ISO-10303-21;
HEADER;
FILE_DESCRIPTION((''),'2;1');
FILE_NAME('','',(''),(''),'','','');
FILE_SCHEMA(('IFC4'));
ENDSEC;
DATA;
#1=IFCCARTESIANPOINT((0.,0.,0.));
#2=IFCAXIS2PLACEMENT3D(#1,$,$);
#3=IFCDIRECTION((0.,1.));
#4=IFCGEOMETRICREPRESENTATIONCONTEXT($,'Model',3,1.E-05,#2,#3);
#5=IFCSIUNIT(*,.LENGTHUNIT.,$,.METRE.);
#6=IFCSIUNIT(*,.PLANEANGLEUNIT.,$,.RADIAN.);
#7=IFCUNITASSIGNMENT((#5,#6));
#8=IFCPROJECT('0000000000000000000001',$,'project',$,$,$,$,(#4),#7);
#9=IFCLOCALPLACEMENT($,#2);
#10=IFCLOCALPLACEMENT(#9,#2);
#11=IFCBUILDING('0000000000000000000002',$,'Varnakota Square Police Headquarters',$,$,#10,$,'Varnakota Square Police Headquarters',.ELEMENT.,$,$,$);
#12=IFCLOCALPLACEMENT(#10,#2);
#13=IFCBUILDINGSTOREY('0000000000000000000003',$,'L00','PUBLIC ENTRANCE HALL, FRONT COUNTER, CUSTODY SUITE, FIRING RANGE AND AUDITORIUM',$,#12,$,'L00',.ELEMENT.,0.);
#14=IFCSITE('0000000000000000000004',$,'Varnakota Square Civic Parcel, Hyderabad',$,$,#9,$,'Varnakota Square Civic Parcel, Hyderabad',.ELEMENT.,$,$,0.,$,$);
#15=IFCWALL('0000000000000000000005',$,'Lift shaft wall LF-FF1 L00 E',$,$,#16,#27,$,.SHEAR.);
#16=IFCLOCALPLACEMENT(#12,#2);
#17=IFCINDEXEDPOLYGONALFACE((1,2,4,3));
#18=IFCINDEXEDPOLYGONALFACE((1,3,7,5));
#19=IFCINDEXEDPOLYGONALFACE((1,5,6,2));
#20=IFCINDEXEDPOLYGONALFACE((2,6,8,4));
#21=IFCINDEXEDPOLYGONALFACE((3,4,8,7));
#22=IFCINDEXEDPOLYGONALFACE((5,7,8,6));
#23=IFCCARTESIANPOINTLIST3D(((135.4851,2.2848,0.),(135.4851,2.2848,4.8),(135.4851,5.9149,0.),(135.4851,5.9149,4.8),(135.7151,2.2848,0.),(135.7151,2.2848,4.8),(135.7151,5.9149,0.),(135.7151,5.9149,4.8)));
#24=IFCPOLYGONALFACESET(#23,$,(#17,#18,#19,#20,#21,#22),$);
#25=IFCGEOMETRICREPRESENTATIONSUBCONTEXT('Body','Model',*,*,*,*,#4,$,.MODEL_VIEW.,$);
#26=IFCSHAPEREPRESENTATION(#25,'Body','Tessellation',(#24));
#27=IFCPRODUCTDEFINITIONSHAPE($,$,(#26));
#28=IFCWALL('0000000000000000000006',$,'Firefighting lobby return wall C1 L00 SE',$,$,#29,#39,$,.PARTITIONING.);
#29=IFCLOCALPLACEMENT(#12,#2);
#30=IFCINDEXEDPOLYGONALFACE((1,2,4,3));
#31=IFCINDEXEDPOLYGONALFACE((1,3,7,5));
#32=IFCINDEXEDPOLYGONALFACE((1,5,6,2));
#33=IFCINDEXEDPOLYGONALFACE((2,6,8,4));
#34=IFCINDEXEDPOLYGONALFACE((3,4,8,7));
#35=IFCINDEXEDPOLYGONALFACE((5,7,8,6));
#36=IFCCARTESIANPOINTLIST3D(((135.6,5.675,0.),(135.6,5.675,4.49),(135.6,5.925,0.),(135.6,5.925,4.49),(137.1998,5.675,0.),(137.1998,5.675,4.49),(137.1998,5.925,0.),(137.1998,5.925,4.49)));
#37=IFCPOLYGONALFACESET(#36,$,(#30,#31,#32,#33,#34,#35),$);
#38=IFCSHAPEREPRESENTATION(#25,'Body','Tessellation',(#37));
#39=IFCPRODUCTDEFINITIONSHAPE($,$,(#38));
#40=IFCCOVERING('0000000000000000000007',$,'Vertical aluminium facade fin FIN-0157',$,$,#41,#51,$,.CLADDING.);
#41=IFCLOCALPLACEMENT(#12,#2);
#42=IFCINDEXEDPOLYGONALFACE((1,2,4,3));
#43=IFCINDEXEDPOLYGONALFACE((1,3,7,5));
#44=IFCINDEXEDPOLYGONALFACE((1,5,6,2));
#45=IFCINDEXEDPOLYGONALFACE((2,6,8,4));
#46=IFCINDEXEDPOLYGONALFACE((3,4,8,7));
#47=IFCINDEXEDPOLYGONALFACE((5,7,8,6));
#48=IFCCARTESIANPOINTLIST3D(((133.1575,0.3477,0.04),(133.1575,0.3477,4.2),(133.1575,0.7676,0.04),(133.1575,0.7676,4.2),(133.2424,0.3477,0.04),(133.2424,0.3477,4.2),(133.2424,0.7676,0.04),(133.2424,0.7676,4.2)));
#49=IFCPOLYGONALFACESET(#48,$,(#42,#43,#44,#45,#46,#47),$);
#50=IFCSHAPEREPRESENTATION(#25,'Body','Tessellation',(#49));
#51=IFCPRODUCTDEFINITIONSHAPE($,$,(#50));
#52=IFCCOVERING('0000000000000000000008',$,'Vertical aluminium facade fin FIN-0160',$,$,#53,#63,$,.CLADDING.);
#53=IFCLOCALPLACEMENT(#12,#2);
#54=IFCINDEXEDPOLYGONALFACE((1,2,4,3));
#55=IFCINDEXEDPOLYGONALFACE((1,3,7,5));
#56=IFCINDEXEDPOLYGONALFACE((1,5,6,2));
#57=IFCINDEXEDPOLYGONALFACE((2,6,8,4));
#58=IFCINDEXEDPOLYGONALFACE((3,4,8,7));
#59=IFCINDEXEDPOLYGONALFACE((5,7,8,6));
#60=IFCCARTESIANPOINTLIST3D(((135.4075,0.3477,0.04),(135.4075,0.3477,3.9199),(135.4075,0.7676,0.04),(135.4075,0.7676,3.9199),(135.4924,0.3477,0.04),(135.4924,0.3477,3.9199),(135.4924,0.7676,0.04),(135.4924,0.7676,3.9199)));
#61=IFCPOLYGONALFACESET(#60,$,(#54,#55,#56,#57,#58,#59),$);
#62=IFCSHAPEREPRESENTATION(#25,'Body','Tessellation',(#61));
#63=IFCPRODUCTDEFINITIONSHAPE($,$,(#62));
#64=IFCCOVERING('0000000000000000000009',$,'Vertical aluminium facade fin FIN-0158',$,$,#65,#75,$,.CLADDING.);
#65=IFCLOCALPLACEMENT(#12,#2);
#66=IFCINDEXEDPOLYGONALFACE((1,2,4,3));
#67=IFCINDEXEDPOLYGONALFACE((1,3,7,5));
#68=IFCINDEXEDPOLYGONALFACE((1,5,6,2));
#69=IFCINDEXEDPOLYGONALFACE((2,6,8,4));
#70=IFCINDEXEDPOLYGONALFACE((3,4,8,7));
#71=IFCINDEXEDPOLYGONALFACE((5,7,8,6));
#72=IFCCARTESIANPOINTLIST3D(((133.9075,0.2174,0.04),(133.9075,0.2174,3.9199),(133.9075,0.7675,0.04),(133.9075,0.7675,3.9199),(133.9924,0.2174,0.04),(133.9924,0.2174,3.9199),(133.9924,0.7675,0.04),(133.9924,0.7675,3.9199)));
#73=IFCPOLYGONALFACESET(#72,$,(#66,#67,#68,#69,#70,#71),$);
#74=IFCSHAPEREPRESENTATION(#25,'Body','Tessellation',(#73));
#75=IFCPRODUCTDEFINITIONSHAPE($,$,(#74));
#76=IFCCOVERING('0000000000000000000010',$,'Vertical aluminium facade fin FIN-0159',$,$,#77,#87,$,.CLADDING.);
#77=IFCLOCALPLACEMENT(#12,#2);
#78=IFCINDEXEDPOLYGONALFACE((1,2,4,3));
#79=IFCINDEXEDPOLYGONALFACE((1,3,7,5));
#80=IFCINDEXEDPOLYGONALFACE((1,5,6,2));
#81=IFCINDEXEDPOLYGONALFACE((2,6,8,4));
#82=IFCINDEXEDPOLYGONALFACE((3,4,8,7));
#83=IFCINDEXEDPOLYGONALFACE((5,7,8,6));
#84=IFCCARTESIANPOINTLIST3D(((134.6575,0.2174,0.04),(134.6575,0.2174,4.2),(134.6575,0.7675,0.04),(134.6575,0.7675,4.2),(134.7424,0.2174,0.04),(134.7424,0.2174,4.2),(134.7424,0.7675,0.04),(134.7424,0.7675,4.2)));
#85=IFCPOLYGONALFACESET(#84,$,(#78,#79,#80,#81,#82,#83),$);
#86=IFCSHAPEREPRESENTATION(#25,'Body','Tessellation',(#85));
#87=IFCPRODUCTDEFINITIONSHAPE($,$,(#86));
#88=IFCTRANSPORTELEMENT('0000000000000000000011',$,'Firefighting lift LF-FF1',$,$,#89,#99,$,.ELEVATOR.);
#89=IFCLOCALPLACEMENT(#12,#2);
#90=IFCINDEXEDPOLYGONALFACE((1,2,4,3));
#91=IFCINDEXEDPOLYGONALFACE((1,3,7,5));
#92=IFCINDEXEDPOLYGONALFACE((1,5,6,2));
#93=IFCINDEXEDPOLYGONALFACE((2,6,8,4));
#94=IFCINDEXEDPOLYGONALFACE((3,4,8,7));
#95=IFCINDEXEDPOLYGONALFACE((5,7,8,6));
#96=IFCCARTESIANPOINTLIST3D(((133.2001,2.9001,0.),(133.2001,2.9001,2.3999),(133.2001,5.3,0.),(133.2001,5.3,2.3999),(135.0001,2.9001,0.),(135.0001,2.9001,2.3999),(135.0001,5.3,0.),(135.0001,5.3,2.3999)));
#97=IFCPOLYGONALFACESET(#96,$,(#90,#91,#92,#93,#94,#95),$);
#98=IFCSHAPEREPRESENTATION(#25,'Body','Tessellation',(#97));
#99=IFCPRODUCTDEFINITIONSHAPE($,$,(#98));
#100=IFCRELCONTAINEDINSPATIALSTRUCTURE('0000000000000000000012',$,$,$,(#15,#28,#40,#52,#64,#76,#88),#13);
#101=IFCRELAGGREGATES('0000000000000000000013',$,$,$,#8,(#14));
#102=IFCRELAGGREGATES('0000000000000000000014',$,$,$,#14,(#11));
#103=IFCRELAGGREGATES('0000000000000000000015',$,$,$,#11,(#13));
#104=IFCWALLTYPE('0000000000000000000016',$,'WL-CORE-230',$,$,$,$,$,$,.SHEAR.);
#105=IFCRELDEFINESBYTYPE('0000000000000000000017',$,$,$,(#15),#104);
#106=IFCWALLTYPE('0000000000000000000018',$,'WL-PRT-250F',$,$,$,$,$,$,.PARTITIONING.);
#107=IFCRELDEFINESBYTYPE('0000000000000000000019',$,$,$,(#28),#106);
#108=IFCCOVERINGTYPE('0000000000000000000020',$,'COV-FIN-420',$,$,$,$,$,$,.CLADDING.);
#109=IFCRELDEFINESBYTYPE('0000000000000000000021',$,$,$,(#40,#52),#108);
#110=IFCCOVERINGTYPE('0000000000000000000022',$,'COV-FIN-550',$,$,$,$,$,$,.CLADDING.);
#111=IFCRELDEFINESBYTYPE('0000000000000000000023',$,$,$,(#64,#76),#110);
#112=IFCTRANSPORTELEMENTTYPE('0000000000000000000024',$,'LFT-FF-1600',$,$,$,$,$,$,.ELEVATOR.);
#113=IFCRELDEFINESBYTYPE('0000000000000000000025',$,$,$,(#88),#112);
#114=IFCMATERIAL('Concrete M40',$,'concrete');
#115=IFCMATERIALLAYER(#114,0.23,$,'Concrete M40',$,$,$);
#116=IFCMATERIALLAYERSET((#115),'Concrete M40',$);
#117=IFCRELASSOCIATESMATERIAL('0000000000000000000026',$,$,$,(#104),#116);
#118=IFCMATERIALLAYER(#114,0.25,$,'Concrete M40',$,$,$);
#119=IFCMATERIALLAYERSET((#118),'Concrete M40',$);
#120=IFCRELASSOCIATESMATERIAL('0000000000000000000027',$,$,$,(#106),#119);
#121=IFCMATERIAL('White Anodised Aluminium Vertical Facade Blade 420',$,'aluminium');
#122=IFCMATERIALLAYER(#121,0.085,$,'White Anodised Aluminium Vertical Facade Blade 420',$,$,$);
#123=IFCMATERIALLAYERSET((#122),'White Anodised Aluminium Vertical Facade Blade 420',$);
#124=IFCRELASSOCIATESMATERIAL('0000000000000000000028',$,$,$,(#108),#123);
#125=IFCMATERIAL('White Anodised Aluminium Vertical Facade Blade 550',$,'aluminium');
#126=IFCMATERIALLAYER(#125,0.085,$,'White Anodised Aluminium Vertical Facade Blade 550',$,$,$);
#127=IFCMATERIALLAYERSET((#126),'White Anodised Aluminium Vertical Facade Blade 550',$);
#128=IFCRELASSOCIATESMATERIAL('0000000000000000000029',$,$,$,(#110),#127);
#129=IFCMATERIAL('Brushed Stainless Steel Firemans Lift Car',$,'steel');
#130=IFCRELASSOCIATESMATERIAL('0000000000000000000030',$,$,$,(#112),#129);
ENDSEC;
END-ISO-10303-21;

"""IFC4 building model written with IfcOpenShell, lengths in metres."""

from ifc_helpers import new_model, si_unit, direction, frame, frame_2d, origin, origin_2d, place, context, subcontext, project, spatial, rectangle, extrude, material, layer, layer_set, type_object, element, save


model = new_model("IFC4")

# Units and contexts
model_context = context("Model", 3, precision=1e-05, world=origin(), true_north=direction((0.0, 1.0)))
body_context = subcontext(model_context, "Body", "Model", "MODEL_VIEW")
ifc_project = project(units=[si_unit("LENGTHUNIT", "METRE"), si_unit("PLANEANGLEUNIT", "RADIAN")], contexts=[model_context])

# Site, building, storey
site_placement = place(None, origin())
site = spatial("IfcSite", under=ifc_project, at=site_placement, Name="Varnakota Square Civic Parcel, Hyderabad", LongName="Varnakota Square Civic Parcel, Hyderabad", CompositionType="ELEMENT", RefElevation=0.0)
building_placement = place(site_placement, origin())
building = spatial("IfcBuilding", under=site, at=building_placement, Name="Varnakota Square Police Headquarters", LongName="Varnakota Square Police Headquarters", CompositionType="ELEMENT")
storey_placement = place(building_placement, origin())
storey = spatial("IfcBuildingStorey", under=building, at=storey_placement, Name="L00", Description="PUBLIC ENTRANCE HALL, FRONT COUNTER, CUSTODY SUITE, FIRING RANGE AND AUDITORIUM", LongName="L00", CompositionType="ELEMENT", Elevation=0.0)

# Walls
ifc_material_1 = material(Name="Concrete M40", Category="concrete")
ifc_layer_1 = layer(ifc_material_1, 0.23, Name="Concrete M40")
ifc_layer_set_1 = layer_set([ifc_layer_1], Name="Concrete M40")
wall_type_1 = type_object("IfcWallType", Name="WL-CORE-230", PredefinedType="SHEAR", material=ifc_layer_set_1)
wall_1_placement = place(storey_placement, frame((135.6001, 2.2849, 0.0), z_axis=(0.0, 0.0, 1.0), x_axis=(0.0, 1.0, 0.0)))
element("IfcWall", 1, at=wall_1_placement, inside=storey, type_object=wall_type_1, Name="Lift shaft wall LF-FF1 L00 E", PredefinedType="SHEAR", context=body_context, shape_type="SweptSolid", body=[
    extrude(rectangle(XDim=3.6301, YDim=0.23, at=frame_2d((1.8149, 0.0))), origin(), (0.0, 0.0, 1.0), 4.8),
])
ifc_layer_2 = layer(ifc_material_1, 0.25, Name="Concrete M40")
ifc_layer_set_2 = layer_set([ifc_layer_2], Name="Concrete M40")
wall_type_2 = type_object("IfcWallType", Name="WL-PRT-250F", PredefinedType="PARTITIONING", material=ifc_layer_set_2)
wall_2_placement = place(storey_placement, frame((135.6001, 5.8, 0.0), z_axis=(0.0, 0.0, 1.0), x_axis=(1.0, 0.0, 0.0)))
element("IfcWall", 2, at=wall_2_placement, inside=storey, type_object=wall_type_2, Name="Firefighting lobby return wall C1 L00 SE", PredefinedType="PARTITIONING", context=body_context, shape_type="SweptSolid", body=[
    extrude(rectangle(XDim=1.5999, YDim=0.25, at=frame_2d((0.7998, 0.0))), origin(), (0.0, 0.0, 1.0), 4.49),
])

# Coverings
ifc_material_2 = material(Name="White Anodised Aluminium Vertical Facade Blade 420", Category="aluminium")
ifc_layer_3 = layer(ifc_material_2, 0.085, Name="White Anodised Aluminium Vertical Facade Blade 420")
ifc_layer_set_3 = layer_set([ifc_layer_3], Name="White Anodised Aluminium Vertical Facade Blade 420")
covering_type_1 = type_object("IfcCoveringType", Name="COV-FIN-420", PredefinedType="CLADDING", material=ifc_layer_set_3)
covering_1_placement = place(storey_placement, frame((133.2, 0.5576, 0.04), z_axis=(0.0, 0.0, 1.0), x_axis=(1.0, 0.0, 0.0)))
element("IfcCovering", 3, at=covering_1_placement, inside=storey, type_object=covering_type_1, Name="Vertical aluminium facade fin FIN-0157", PredefinedType="CLADDING", context=body_context, shape_type="SweptSolid", body=[
    extrude(rectangle(XDim=0.085, YDim=0.4199, at=origin_2d()), origin(), (0.0, 0.0, 1.0), 4.1599),
])
covering_2_placement = place(storey_placement, frame((135.45, 0.5576, 0.04), z_axis=(0.0, 0.0, 1.0), x_axis=(1.0, 0.0, 0.0)))
element("IfcCovering", 4, at=covering_2_placement, inside=storey, type_object=covering_type_1, Name="Vertical aluminium facade fin FIN-0160", PredefinedType="CLADDING", context=body_context, shape_type="SweptSolid", body=[
    extrude(rectangle(XDim=0.085, YDim=0.4199, at=origin_2d()), origin(), (0.0, 0.0, 1.0), 3.8799),
])
ifc_material_3 = material(Name="White Anodised Aluminium Vertical Facade Blade 550", Category="aluminium")
ifc_layer_4 = layer(ifc_material_3, 0.085, Name="White Anodised Aluminium Vertical Facade Blade 550")
ifc_layer_set_4 = layer_set([ifc_layer_4], Name="White Anodised Aluminium Vertical Facade Blade 550")
covering_type_2 = type_object("IfcCoveringType", Name="COV-FIN-550", PredefinedType="CLADDING", material=ifc_layer_set_4)
covering_3_placement = place(storey_placement, frame((133.95, 0.4924, 0.04), z_axis=(0.0, 0.0, 1.0), x_axis=(1.0, 0.0, 0.0)))
element("IfcCovering", 5, at=covering_3_placement, inside=storey, type_object=covering_type_2, Name="Vertical aluminium facade fin FIN-0158", PredefinedType="CLADDING", context=body_context, shape_type="SweptSolid", body=[
    extrude(rectangle(XDim=0.085, YDim=0.55, at=origin_2d()), origin(), (0.0, 0.0, 1.0), 3.8799),
])
covering_4_placement = place(storey_placement, frame((134.7, 0.4924, 0.04), z_axis=(0.0, 0.0, 1.0), x_axis=(1.0, 0.0, 0.0)))
element("IfcCovering", 6, at=covering_4_placement, inside=storey, type_object=covering_type_2, Name="Vertical aluminium facade fin FIN-0159", PredefinedType="CLADDING", context=body_context, shape_type="SweptSolid", body=[
    extrude(rectangle(XDim=0.085, YDim=0.55, at=origin_2d()), origin(), (0.0, 0.0, 1.0), 4.1599),
])

# Transport element
ifc_material_4 = material(Name="Brushed Stainless Steel Firemans Lift Car", Category="steel")
transport_element_type = type_object("IfcTransportElementType", Name="LFT-FF-1600", PredefinedType="ELEVATOR", material=ifc_material_4)
transport_element_placement = place(storey_placement, frame((134.1001, 4.1001, 0.0), z_axis=(0.0, 0.0, 1.0), x_axis=(1.0, 0.0, 0.0)))
element("IfcTransportElement", 7, at=transport_element_placement, inside=storey, type_object=transport_element_type, Name="Firefighting lift LF-FF1", PredefinedType="ELEVATOR", context=body_context, shape_type="SweptSolid", body=[
    extrude(rectangle(XDim=1.8, YDim=2.3999, at=origin_2d()), origin(), (0.0, 0.0, 1.0), 2.3999),
])

save(model, "model.ifc")
